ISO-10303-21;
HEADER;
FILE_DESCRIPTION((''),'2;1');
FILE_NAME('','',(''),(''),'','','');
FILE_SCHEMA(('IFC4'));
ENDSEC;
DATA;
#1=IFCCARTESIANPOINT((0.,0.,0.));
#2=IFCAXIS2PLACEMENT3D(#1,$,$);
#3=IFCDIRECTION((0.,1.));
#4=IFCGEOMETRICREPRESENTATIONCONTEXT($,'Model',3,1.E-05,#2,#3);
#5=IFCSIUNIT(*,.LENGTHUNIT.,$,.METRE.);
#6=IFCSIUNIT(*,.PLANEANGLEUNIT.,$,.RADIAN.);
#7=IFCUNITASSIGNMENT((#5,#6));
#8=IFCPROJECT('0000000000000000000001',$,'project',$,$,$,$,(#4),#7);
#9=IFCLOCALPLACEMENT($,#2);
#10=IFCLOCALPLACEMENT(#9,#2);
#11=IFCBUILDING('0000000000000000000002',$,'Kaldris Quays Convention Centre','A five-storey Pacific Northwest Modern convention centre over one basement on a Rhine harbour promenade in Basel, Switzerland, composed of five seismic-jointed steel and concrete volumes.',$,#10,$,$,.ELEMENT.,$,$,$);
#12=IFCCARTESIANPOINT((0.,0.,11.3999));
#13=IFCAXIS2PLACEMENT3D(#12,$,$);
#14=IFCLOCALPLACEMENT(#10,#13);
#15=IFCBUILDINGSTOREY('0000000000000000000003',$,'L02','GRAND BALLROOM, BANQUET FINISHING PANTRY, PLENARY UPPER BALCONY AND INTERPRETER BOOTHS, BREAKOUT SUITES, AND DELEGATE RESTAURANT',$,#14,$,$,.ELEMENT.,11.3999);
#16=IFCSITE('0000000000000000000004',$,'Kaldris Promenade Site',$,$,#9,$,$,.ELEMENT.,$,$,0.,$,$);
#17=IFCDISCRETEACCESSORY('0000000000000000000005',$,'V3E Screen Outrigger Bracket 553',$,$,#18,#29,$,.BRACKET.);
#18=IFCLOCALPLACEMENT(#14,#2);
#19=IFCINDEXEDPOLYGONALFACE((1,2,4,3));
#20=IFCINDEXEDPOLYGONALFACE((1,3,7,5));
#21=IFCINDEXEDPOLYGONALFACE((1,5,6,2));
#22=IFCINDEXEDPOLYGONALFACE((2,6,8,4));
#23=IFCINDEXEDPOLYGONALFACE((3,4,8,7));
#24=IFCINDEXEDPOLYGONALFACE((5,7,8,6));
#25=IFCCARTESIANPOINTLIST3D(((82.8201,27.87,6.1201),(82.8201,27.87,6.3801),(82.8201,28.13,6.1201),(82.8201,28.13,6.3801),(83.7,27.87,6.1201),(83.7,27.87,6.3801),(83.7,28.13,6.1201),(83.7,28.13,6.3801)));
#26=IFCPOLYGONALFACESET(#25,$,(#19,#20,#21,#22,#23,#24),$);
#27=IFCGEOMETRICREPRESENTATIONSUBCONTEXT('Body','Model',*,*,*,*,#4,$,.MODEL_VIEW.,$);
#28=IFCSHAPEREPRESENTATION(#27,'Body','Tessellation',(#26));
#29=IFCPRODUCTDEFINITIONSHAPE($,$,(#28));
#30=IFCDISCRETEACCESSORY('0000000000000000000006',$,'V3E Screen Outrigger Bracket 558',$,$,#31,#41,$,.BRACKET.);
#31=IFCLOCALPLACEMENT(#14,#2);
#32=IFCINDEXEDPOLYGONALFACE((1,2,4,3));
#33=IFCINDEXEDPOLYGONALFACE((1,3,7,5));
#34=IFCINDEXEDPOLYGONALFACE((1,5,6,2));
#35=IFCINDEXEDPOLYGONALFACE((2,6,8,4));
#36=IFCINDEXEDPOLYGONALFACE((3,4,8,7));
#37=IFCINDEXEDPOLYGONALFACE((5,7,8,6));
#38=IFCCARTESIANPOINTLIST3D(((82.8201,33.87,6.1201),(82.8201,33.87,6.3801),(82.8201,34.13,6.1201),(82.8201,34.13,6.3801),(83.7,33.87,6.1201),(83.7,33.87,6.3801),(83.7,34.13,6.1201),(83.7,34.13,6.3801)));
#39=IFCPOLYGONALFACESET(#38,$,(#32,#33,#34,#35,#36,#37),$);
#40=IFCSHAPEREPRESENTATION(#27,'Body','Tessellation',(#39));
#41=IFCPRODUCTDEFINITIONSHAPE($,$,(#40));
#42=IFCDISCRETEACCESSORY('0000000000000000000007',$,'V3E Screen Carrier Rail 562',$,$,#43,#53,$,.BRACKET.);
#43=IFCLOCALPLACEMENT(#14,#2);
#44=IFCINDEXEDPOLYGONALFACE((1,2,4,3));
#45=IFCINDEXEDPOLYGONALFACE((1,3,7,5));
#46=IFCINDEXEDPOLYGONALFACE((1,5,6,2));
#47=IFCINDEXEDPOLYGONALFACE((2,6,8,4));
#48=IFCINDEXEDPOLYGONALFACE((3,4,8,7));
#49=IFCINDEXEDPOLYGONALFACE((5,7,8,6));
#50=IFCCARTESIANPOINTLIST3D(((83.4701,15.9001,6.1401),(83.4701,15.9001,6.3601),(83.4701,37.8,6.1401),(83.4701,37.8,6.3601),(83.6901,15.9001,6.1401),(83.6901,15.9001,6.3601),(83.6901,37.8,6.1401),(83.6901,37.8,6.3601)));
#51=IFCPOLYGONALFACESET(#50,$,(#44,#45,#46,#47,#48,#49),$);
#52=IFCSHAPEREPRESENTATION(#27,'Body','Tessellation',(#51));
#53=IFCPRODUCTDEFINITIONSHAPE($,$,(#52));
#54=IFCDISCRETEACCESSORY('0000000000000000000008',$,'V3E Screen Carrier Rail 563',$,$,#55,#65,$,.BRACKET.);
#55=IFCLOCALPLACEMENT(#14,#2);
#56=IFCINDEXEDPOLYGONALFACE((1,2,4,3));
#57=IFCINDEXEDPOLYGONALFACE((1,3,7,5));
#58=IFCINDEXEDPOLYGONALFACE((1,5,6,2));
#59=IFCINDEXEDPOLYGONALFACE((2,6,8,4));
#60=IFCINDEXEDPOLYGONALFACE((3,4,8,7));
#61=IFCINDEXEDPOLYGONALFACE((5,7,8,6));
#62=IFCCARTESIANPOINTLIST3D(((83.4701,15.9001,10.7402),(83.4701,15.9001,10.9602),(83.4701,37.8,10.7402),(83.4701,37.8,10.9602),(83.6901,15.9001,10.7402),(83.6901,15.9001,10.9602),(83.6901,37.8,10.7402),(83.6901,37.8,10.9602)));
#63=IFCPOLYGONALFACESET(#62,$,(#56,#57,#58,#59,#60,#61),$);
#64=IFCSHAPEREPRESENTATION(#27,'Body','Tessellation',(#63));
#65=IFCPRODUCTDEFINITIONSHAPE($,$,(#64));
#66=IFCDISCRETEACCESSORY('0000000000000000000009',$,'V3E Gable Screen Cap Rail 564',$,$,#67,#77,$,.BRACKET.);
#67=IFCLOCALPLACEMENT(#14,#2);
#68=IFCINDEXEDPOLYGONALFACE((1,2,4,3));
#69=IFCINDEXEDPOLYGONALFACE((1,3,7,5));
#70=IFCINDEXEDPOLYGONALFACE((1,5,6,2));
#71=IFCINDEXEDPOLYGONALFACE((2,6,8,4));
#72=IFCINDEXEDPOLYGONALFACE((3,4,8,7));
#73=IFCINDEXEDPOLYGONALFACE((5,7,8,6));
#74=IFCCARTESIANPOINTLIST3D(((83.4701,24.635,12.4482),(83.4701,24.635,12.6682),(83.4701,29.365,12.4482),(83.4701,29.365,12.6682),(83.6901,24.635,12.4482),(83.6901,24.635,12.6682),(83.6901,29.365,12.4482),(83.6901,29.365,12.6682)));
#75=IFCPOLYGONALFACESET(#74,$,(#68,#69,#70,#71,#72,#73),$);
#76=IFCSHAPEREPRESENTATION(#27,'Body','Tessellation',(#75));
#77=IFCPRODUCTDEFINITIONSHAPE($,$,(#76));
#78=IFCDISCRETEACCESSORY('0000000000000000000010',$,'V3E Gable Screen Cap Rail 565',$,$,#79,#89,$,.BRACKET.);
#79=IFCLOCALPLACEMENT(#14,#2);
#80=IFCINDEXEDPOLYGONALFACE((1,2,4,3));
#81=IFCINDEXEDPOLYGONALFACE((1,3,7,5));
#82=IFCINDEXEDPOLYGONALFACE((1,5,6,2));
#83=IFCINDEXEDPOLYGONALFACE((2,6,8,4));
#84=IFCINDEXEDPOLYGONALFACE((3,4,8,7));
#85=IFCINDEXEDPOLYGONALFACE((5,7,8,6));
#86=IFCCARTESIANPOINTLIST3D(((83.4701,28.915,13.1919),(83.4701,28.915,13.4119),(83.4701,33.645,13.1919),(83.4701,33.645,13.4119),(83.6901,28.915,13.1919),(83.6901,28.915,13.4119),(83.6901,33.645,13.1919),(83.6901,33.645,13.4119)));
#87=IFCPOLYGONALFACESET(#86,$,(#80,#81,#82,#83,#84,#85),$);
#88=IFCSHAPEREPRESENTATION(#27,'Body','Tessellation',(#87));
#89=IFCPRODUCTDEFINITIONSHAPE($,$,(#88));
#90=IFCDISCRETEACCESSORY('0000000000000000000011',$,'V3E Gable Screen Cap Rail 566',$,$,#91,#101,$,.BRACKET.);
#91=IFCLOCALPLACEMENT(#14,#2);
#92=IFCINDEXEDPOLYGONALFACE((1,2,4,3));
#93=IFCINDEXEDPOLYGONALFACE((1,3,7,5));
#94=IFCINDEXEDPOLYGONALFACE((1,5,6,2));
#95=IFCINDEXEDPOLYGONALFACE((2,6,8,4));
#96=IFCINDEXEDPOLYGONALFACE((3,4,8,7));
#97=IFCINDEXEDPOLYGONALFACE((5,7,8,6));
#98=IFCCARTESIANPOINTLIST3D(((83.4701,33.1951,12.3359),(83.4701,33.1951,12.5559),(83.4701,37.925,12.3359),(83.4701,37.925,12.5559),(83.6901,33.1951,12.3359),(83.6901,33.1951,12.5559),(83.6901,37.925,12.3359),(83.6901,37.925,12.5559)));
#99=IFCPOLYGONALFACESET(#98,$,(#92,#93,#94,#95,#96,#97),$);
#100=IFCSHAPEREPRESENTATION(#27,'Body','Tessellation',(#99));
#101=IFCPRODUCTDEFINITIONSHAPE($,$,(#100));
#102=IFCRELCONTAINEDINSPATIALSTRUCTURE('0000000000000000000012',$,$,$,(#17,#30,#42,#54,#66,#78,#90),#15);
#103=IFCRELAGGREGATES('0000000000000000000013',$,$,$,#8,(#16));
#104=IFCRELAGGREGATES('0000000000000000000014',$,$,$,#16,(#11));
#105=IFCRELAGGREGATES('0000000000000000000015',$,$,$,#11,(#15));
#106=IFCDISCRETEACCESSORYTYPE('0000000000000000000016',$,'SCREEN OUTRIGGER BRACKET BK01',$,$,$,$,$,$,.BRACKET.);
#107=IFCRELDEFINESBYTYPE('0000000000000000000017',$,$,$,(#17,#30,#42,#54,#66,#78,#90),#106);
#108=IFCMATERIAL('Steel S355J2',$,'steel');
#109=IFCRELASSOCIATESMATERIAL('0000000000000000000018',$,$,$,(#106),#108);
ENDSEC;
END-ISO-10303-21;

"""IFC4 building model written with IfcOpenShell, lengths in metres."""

from ifc_helpers import new_model, si_unit, direction, frame, origin, origin_2d, place, context, subcontext, project, spatial, rectangle, extrude, material, type_object, element, save


model = new_model("IFC4")

# Units and contexts
model_context = context("Model", 3, precision=1e-05, world=origin(), true_north=direction((0.0, 1.0)))
body_context = subcontext(model_context, "Body", "Model", "MODEL_VIEW")
ifc_project = project(units=[si_unit("LENGTHUNIT", "METRE"), si_unit("PLANEANGLEUNIT", "RADIAN")], contexts=[model_context])

# Site, building, storey
site_placement = place(None, origin())
site = spatial("IfcSite", under=ifc_project, at=site_placement, Name="Kaldris Promenade Site", CompositionType="ELEMENT", RefElevation=0.0)
building_placement = place(site_placement, origin())
building = spatial("IfcBuilding", under=site, at=building_placement, Name="Kaldris Quays Convention Centre", Description="A five-storey Pacific Northwest Modern convention centre over one basement on a Rhine harbour promenade in Basel, Switzerland, composed of five seismic-jointed steel and concrete volumes.", CompositionType="ELEMENT")
storey_placement = place(building_placement, frame((0.0, 0.0, 11.3999)))
storey = spatial("IfcBuildingStorey", under=building, at=storey_placement, Name="L02", Description="GRAND BALLROOM, BANQUET FINISHING PANTRY, PLENARY UPPER BALCONY AND INTERPRETER BOOTHS, BREAKOUT SUITES, AND DELEGATE RESTAURANT", CompositionType="ELEMENT", Elevation=11.3999)

# Shared definitions
ifc_material_1 = material(Name="Steel S355J2", Category="steel")

# Discrete accessories
discrete_accessory_type = type_object("IfcDiscreteAccessoryType", Name="SCREEN OUTRIGGER BRACKET BK01", PredefinedType="BRACKET", material=ifc_material_1)
for number, where, z_axis, x_axis, name in (
    (1, (83.26, 28.0, 6.1201), (0.0, 0.0, 1.0), (0.0, 1.0, 0.0), "V3E Screen Outrigger Bracket 553"),
    (2, (83.26, 34.0, 6.1201), (0.0, 0.0, 1.0), (0.0, 1.0, 0.0), "V3E Screen Outrigger Bracket 558"),
):
    element("IfcDiscreteAccessory", number, at=place(storey_placement, frame(where, z_axis=z_axis, x_axis=x_axis)), inside=storey, type_object=discrete_accessory_type, Name=name, PredefinedType="BRACKET", context=body_context, shape_type="SweptSolid", body=[
        extrude(rectangle(XDim=0.26, YDim=0.8799, at=origin_2d()), origin(), (0.0, 0.0, 1.0), 0.26),
    ])
for number, where, z_axis, x_axis, name in (
    (3, (83.5801, 26.8501, 6.1401), (0.0, 0.0, 1.0), (0.0, 1.0, 0.0), "V3E Screen Carrier Rail 562"),
    (4, (83.5801, 26.8501, 10.7402), (0.0, 0.0, 1.0), (0.0, 1.0, 0.0), "V3E Screen Carrier Rail 563"),
):
    element("IfcDiscreteAccessory", number, at=place(storey_placement, frame(where, z_axis=z_axis, x_axis=x_axis)), inside=storey, type_object=discrete_accessory_type, Name=name, PredefinedType="BRACKET", context=body_context, shape_type="SweptSolid", body=[
        extrude(rectangle(XDim=21.8999, YDim=0.22, at=origin_2d()), origin(), (0.0, 0.0, 1.0), 0.22),
    ])
for number, where, z_axis, x_axis, name in (
    (5, (83.5801, 27.0, 12.4482), (0.0, 0.0, 1.0), (0.0, 1.0, 0.0), "V3E Gable Screen Cap Rail 564"),
    (6, (83.5801, 31.28, 13.1919), (0.0, 0.0, 1.0), (0.0, 1.0, 0.0), "V3E Gable Screen Cap Rail 565"),
    (7, (83.5801, 35.5601, 12.3359), (0.0, 0.0, 1.0), (0.0, 1.0, 0.0), "V3E Gable Screen Cap Rail 566"),
):
    element("IfcDiscreteAccessory", number, at=place(storey_placement, frame(where, z_axis=z_axis, x_axis=x_axis)), inside=storey, type_object=discrete_accessory_type, Name=name, PredefinedType="BRACKET", context=body_context, shape_type="SweptSolid", body=[
        extrude(rectangle(XDim=4.73, YDim=0.22, at=origin_2d()), origin(), (0.0, 0.0, 1.0), 0.22),
    ])

save(model, "model.ifc")
